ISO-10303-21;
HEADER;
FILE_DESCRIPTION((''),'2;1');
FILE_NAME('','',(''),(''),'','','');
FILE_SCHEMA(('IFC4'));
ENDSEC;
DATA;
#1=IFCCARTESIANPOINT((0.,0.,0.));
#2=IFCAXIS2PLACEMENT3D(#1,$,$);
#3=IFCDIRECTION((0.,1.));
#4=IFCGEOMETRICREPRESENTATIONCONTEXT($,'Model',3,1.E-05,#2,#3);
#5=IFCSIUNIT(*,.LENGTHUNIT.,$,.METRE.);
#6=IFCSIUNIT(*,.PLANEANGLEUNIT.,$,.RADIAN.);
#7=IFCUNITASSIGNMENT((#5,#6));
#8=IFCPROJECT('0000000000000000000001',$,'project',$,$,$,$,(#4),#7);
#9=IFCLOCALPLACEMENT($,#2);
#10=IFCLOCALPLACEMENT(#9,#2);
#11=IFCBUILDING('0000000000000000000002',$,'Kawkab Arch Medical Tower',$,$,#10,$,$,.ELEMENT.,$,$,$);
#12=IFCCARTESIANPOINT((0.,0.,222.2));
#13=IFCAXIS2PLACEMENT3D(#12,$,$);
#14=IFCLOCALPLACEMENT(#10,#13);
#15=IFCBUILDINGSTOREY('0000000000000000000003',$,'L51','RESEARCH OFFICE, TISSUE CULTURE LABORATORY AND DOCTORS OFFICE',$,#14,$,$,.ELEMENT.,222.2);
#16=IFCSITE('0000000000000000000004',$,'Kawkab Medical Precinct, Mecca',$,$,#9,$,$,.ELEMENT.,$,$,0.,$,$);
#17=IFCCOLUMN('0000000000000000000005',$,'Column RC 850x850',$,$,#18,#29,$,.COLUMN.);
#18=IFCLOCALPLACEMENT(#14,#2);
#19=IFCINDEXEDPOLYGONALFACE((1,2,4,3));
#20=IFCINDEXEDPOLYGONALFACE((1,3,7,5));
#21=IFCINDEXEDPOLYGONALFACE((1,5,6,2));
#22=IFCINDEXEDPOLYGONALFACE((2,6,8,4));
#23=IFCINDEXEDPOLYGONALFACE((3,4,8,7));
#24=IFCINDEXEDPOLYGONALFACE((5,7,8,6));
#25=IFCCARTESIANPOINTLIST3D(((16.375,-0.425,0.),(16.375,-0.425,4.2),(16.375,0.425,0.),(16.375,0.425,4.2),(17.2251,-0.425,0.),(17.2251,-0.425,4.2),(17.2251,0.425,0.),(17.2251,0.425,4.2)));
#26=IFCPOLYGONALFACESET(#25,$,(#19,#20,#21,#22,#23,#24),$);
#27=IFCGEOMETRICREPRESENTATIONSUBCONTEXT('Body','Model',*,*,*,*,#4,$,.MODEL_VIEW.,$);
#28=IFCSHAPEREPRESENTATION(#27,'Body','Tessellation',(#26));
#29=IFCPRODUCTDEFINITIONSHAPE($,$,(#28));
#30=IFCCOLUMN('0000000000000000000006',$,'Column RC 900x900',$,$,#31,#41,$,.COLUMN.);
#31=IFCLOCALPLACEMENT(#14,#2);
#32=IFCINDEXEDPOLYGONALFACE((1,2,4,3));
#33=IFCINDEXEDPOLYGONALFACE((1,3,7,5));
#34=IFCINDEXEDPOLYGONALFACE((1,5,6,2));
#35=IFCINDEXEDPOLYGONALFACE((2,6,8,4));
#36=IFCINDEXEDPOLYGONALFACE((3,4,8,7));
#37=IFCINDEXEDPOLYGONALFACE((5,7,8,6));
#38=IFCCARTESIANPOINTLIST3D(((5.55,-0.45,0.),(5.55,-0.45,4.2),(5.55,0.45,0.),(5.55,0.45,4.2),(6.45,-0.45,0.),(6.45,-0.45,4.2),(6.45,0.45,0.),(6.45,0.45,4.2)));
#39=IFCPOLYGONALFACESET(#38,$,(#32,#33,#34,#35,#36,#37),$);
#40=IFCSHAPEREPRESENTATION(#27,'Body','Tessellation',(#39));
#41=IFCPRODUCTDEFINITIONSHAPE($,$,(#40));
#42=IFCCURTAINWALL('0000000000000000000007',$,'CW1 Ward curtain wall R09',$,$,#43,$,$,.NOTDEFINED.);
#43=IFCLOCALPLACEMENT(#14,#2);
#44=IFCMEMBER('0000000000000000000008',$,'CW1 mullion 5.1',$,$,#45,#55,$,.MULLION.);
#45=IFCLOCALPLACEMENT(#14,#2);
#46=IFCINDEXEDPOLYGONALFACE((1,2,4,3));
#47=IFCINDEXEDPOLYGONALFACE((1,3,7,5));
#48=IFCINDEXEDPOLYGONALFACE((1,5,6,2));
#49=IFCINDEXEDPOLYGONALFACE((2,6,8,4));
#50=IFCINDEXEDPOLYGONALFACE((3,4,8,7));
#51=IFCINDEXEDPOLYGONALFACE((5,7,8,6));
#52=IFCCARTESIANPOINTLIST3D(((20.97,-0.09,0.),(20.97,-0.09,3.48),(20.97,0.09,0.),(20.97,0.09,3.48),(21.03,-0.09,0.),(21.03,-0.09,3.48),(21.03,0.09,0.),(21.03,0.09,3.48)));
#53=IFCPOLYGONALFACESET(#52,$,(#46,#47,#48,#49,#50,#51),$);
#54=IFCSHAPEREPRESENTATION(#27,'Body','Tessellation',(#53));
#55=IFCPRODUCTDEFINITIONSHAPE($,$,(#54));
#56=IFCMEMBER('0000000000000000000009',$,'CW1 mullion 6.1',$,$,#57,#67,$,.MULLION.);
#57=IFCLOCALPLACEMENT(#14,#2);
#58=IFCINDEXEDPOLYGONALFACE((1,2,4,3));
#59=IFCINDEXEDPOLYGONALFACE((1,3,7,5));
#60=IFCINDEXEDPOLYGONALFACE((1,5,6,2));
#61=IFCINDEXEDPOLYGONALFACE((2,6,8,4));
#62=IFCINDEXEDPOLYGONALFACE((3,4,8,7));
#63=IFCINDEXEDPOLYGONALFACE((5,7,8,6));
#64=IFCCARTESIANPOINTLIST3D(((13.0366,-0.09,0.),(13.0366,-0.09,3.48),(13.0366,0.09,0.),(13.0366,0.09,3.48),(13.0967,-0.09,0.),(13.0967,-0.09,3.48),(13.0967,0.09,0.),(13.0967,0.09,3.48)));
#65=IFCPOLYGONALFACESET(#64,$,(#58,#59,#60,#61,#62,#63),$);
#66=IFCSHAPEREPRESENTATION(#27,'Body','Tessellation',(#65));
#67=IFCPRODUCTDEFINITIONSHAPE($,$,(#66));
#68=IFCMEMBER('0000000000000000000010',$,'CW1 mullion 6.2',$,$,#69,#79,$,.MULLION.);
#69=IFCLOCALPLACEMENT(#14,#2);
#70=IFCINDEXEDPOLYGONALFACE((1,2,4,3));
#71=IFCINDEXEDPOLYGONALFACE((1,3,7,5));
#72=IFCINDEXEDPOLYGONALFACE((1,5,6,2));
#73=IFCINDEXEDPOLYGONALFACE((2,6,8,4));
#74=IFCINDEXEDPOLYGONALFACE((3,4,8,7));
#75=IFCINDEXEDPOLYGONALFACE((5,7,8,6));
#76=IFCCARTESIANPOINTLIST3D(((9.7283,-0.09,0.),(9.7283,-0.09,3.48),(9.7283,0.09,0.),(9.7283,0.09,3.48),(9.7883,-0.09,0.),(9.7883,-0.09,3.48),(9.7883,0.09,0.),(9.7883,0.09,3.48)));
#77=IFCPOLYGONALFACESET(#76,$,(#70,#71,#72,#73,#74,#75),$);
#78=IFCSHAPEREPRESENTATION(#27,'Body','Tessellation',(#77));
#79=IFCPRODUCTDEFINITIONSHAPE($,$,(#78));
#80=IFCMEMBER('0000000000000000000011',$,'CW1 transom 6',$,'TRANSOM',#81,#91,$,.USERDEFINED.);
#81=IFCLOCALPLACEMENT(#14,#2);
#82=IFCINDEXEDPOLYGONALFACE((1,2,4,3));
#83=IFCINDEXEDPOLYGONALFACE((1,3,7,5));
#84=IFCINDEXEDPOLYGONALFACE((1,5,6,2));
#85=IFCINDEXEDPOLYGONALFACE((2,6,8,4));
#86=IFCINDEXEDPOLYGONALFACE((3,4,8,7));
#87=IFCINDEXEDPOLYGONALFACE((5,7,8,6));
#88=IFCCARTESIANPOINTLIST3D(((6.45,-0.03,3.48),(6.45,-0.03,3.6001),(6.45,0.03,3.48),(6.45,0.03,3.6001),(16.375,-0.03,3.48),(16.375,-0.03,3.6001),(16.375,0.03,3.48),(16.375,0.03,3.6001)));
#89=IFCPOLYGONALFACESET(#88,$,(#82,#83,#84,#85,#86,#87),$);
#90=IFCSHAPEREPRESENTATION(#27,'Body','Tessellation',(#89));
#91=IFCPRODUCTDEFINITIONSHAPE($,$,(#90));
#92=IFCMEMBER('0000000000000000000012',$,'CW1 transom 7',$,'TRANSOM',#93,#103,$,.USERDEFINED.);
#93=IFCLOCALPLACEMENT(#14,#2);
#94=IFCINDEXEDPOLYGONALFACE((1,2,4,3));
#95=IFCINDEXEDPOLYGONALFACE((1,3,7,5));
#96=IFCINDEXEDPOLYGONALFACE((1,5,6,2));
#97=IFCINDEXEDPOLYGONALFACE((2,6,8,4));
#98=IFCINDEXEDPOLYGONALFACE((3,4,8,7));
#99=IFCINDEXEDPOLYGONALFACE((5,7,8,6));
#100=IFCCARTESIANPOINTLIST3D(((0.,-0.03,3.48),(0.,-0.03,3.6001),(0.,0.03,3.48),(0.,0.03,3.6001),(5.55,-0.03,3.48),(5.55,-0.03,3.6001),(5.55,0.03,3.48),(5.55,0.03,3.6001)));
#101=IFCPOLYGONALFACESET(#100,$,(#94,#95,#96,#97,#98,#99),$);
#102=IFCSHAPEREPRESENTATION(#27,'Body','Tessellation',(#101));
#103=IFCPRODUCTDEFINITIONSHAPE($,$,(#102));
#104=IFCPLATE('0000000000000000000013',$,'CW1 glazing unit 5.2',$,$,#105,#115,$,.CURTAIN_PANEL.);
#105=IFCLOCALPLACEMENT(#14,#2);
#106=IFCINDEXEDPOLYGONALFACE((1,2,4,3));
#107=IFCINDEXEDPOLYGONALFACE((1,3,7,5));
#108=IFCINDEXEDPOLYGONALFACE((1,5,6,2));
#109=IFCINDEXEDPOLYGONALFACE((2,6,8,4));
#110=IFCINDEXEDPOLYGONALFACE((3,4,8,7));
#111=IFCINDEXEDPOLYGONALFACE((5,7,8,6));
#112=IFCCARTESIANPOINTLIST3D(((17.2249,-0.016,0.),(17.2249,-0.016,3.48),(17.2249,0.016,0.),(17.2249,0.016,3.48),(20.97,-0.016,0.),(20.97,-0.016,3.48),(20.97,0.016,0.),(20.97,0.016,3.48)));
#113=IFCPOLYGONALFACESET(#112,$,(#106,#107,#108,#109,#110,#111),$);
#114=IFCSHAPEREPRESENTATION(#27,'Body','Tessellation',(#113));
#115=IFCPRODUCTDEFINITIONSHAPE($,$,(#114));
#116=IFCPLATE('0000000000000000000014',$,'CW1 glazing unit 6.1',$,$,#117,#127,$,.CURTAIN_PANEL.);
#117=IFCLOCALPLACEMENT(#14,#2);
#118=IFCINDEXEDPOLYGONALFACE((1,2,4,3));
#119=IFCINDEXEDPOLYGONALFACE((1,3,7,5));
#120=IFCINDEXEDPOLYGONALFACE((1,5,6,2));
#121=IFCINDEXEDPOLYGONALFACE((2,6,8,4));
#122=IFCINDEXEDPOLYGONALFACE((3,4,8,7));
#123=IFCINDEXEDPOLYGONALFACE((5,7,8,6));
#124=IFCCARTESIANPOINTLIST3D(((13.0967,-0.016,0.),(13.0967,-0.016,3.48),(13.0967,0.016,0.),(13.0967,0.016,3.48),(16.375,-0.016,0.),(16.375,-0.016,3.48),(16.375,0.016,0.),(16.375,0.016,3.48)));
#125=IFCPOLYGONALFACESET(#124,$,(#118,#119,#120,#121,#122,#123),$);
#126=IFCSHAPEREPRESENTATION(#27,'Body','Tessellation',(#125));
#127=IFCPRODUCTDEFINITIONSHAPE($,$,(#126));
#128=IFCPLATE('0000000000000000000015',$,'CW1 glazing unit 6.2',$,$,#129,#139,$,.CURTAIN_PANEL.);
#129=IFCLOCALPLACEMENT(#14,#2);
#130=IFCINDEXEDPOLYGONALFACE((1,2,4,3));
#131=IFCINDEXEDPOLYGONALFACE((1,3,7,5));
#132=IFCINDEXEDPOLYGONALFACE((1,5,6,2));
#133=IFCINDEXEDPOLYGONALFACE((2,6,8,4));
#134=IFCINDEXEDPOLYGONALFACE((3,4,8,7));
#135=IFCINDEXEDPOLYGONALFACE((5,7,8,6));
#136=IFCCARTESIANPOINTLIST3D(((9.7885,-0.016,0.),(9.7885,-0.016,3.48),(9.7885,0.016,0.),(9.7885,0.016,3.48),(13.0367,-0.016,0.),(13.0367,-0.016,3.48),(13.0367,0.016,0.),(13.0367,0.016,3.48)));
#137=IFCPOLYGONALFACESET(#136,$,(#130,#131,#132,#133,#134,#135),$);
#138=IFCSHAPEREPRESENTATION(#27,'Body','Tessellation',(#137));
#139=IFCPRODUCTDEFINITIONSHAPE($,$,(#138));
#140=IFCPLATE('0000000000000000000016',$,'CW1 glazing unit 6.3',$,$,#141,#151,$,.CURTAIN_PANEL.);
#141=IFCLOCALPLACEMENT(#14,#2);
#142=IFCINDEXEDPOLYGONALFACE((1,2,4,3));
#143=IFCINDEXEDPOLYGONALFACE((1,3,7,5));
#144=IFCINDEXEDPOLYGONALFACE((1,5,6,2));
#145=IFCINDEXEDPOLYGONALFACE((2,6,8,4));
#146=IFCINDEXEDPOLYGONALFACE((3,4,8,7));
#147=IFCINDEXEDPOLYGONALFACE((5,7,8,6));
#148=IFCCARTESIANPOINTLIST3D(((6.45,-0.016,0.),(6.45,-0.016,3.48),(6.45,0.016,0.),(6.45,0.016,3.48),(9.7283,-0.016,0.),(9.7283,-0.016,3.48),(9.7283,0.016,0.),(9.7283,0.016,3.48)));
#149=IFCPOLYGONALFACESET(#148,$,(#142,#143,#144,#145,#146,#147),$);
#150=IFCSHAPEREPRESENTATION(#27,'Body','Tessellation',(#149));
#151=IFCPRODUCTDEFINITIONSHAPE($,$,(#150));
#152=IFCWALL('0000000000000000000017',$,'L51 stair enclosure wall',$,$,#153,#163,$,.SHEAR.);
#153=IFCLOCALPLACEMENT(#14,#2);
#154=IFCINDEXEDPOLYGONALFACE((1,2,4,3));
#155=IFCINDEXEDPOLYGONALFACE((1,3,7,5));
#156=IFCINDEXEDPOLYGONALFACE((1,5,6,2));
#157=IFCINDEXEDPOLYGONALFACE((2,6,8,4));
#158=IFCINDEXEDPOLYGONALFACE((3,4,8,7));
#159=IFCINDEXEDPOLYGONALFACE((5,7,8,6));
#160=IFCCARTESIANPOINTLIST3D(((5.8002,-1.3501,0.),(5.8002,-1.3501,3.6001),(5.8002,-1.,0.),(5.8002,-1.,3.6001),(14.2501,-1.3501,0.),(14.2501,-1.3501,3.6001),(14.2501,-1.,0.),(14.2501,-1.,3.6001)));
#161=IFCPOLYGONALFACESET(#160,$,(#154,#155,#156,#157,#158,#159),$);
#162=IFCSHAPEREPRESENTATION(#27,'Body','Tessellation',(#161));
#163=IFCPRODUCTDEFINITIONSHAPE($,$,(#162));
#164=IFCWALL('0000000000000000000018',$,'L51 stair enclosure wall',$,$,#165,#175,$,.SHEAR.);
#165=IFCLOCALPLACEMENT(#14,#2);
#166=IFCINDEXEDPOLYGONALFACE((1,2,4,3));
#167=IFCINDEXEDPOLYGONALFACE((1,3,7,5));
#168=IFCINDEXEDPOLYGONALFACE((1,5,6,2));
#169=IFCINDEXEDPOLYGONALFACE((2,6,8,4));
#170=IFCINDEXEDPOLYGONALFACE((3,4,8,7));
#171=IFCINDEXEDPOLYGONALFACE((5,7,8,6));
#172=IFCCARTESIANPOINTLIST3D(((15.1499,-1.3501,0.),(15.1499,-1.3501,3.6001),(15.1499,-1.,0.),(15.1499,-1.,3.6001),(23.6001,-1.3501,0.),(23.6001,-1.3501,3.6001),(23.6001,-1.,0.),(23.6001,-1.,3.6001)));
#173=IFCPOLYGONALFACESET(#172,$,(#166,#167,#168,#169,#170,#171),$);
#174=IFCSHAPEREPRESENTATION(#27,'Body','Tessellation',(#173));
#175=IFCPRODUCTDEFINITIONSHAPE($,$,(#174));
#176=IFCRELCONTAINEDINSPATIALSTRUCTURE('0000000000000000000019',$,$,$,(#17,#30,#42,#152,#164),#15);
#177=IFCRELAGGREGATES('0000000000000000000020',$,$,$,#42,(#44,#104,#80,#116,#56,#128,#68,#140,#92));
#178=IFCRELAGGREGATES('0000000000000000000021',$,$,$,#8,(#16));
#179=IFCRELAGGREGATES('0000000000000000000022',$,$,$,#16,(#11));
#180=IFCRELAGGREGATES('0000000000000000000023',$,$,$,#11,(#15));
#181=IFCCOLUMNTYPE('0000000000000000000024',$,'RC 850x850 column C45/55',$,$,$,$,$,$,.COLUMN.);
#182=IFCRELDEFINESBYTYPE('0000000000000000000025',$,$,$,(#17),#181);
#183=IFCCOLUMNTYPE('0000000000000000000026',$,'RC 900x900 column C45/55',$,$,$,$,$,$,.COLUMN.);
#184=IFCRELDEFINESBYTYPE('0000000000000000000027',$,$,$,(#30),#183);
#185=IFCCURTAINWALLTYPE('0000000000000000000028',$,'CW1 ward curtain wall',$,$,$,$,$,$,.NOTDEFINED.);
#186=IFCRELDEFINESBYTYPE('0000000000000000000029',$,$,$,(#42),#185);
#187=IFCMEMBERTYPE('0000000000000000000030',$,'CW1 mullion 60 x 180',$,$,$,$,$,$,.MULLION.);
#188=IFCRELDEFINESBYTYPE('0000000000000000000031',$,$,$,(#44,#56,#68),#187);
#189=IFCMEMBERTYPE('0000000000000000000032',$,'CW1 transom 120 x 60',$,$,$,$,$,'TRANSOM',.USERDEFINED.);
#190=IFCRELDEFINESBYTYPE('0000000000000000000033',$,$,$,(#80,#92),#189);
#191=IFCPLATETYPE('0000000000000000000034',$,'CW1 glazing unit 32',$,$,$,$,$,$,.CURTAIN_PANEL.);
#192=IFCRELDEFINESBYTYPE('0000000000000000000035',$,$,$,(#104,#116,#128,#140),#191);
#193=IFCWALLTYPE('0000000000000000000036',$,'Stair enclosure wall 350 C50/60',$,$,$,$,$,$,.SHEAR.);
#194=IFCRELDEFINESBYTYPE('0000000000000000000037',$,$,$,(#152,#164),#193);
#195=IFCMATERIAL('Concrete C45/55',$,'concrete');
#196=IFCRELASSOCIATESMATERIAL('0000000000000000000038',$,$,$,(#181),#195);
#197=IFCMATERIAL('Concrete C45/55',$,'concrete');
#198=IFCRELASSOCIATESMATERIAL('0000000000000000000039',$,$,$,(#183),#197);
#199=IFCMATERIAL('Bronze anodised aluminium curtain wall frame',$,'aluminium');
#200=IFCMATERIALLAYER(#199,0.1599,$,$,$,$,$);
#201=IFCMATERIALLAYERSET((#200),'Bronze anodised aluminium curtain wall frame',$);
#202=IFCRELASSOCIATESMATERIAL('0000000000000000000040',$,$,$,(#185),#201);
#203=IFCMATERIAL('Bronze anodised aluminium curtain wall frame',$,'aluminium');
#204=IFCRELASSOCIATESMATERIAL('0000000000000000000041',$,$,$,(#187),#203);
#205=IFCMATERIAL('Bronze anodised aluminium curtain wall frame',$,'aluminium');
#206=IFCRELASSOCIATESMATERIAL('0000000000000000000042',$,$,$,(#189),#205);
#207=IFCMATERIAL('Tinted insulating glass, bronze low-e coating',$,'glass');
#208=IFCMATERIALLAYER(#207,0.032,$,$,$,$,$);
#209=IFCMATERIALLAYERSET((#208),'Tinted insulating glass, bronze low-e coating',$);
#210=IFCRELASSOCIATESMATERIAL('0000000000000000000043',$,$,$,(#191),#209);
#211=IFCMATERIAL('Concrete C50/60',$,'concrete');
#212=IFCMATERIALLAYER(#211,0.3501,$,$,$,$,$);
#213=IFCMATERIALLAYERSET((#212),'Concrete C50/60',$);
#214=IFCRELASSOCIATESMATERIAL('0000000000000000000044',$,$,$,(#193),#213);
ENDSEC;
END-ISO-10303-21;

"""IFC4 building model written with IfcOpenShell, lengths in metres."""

from ifc_helpers import new_model, si_unit, direction, frame, frame_2d, origin, origin_2d, place, context, subcontext, project, spatial, rectangle, extrude, material, layer, layer_set, material_profile, profile_set, type_object, element, aggregate, save


model = new_model("IFC4")

# Units and contexts
model_context = context("Model", 3, precision=1e-05, world=origin(), true_north=direction((0.0, 1.0)))
body_context = subcontext(model_context, "Body", "Model", "MODEL_VIEW")
ifc_project = project(units=[si_unit("LENGTHUNIT", "METRE"), si_unit("PLANEANGLEUNIT", "RADIAN")], contexts=[model_context])

# Site, building, storey
site_placement = place(None, origin())
site = spatial("IfcSite", under=ifc_project, at=site_placement, Name="Kawkab Medical Precinct, Mecca", CompositionType="ELEMENT", RefElevation=0.0)
building_placement = place(site_placement, origin())
building = spatial("IfcBuilding", under=site, at=building_placement, Name="Kawkab Arch Medical Tower", CompositionType="ELEMENT")
storey_placement = place(building_placement, frame((0.0, 0.0, 222.2)))
storey = spatial("IfcBuildingStorey", under=building, at=storey_placement, Name="L51", Description="RESEARCH OFFICE, TISSUE CULTURE LABORATORY AND DOCTORS OFFICE", CompositionType="ELEMENT", Elevation=222.2)

# Columns
ifc_material_1 = material(Name="Concrete C45/55", Category="concrete")
ifc_material_profile_1 = material_profile(ifc_material_1, rectangle(XDim=0.8501, YDim=0.8501, at=origin_2d()), Name="RC 850x850")
ifc_profile_set_1 = profile_set([ifc_material_profile_1], Name="Concrete C45/55")
column_type_1 = type_object("IfcColumnType", Name="RC 850x850 column C45/55", PredefinedType="COLUMN", material=ifc_profile_set_1)
column_1_placement = place(storey_placement, frame((16.8, 0.0, 0.0), z_axis=(0.0, 0.0, 1.0), x_axis=(1.0, 0.0, 0.0)))
element("IfcColumn", 1, at=column_1_placement, inside=storey, type_object=column_type_1, Name="Column RC 850x850", PredefinedType="COLUMN", context=body_context, shape_type="SweptSolid", body=[
    extrude(rectangle(XDim=0.8501, YDim=0.8501, at=origin_2d()), origin(), (0.0, 0.0, 1.0), 4.2),
])
ifc_material_2 = material(Name="Concrete C45/55", Category="concrete")
ifc_material_profile_2 = material_profile(ifc_material_2, rectangle(XDim=0.8999, YDim=0.8999, at=origin_2d()), Name="RC 900x900")
ifc_profile_set_2 = profile_set([ifc_material_profile_2], Name="Concrete C45/55")
column_type_2 = type_object("IfcColumnType", Name="RC 900x900 column C45/55", PredefinedType="COLUMN", material=ifc_profile_set_2)
column_2_placement = place(storey_placement, frame((6.0, 0.0, 0.0), z_axis=(0.0, 0.0, 1.0), x_axis=(1.0, 0.0, 0.0)))
element("IfcColumn", 2, at=column_2_placement, inside=storey, type_object=column_type_2, Name="Column RC 900x900", PredefinedType="COLUMN", context=body_context, shape_type="SweptSolid", body=[
    extrude(rectangle(XDim=0.8999, YDim=0.8999, at=origin_2d()), origin(), (0.0, 0.0, 1.0), 4.2),
])

# Curtain wall, members, plates
ifc_material_3 = material(Name="Bronze anodised aluminium curtain wall frame", Category="aluminium")
ifc_layer_1 = layer(ifc_material_3, 0.1599)
ifc_layer_set_1 = layer_set([ifc_layer_1], Name="Bronze anodised aluminium curtain wall frame")
curtain_wall_type = type_object("IfcCurtainWallType", Name="CW1 ward curtain wall", PredefinedType="NOTDEFINED", material=ifc_layer_set_1)
placement = place(storey_placement, origin())
curtain_wall = element("IfcCurtainWall", 3, at=placement, inside=storey, type_object=curtain_wall_type, Name="CW1 Ward curtain wall R09", PredefinedType="NOTDEFINED")
ifc_material_4 = material(Name="Bronze anodised aluminium curtain wall frame", Category="aluminium")
ifc_material_profile_3 = material_profile(ifc_material_4, rectangle(XDim=0.1799, YDim=0.0601, at=origin_2d()), Name="AL 60x180")
ifc_profile_set_3 = profile_set([ifc_material_profile_3], Name="Bronze anodised aluminium curtain wall frame")
member_type_1 = type_object("IfcMemberType", Name="CW1 mullion 60 x 180", PredefinedType="MULLION", material=ifc_profile_set_3)
member_1_placement = place(storey_placement, frame((21.0, 0.0, 0.0), z_axis=(0.0, 0.0, 1.0), x_axis=(0.0, -1.0, 0.0)))
member_1 = element("IfcMember", 4, at=member_1_placement, type_object=member_type_1, Name="CW1 mullion 5.1", PredefinedType="MULLION", context=body_context, shape_type="SweptSolid", body=[
    extrude(rectangle(XDim=0.1799, YDim=0.0601, at=origin_2d()), origin(), (0.0, 0.0, 1.0), 3.48),
])
member_2_placement = place(storey_placement, frame((13.0667, 0.0, 0.0), z_axis=(0.0, 0.0, 1.0), x_axis=(0.0, -1.0, 0.0)))
member_2 = element("IfcMember", 5, at=member_2_placement, type_object=member_type_1, Name="CW1 mullion 6.1", PredefinedType="MULLION", context=body_context, shape_type="SweptSolid", body=[
    extrude(rectangle(XDim=0.1799, YDim=0.0601, at=origin_2d()), origin(), (0.0, 0.0, 1.0), 3.48),
])
member_3_placement = place(storey_placement, frame((9.7583, 0.0, 0.0), z_axis=(0.0, 0.0, 1.0), x_axis=(0.0, -1.0, 0.0)))
member_3 = element("IfcMember", 6, at=member_3_placement, type_object=member_type_1, Name="CW1 mullion 6.2", PredefinedType="MULLION", context=body_context, shape_type="SweptSolid", body=[
    extrude(rectangle(XDim=0.1799, YDim=0.0601, at=origin_2d()), origin(), (0.0, 0.0, 1.0), 3.48),
])
ifc_material_5 = material(Name="Bronze anodised aluminium curtain wall frame", Category="aluminium")
ifc_material_profile_4 = material_profile(ifc_material_5, rectangle(XDim=0.0601, YDim=0.1201, at=origin_2d()), Name="AL 60x120")
ifc_profile_set_4 = profile_set([ifc_material_profile_4], Name="Bronze anodised aluminium curtain wall frame")
member_type_2 = type_object("IfcMemberType", Name="CW1 transom 120 x 60", ElementType="TRANSOM", PredefinedType="USERDEFINED", material=ifc_profile_set_4)
member_4_placement = place(storey_placement, frame((16.375, 0.0, 3.54), z_axis=(-1.0, 0.0, 0.0), x_axis=(0.0, -1.0, 0.0)))
member_4 = element("IfcMember", 7, at=member_4_placement, type_object=member_type_2, Name="CW1 transom 6", ObjectType="TRANSOM", PredefinedType="USERDEFINED", context=body_context, shape_type="SweptSolid", body=[
    extrude(rectangle(XDim=0.0601, YDim=0.1201, at=origin_2d()), origin(), (0.0, 0.0, 1.0), 9.925),
])
member_5_placement = place(storey_placement, frame((5.55, 0.0, 3.54), z_axis=(-1.0, 0.0, 0.0), x_axis=(0.0, -1.0, 0.0)))
member_5 = element("IfcMember", 8, at=member_5_placement, type_object=member_type_2, Name="CW1 transom 7", ObjectType="TRANSOM", PredefinedType="USERDEFINED", context=body_context, shape_type="SweptSolid", body=[
    extrude(rectangle(XDim=0.0601, YDim=0.1201, at=origin_2d()), origin(), (0.0, 0.0, 1.0), 5.55),
])
ifc_material_6 = material(Name="Tinted insulating glass, bronze low-e coating", Category="glass")
ifc_layer_2 = layer(ifc_material_6, 0.032)
ifc_layer_set_2 = layer_set([ifc_layer_2], Name="Tinted insulating glass, bronze low-e coating")
plate_type = type_object("IfcPlateType", Name="CW1 glazing unit 32", PredefinedType="CURTAIN_PANEL", material=ifc_layer_set_2)
plate_1_placement = place(storey_placement, frame((19.0974, 0.0, 0.0), z_axis=(0.0, 0.0, 1.0), x_axis=(-1.0, 0.0, 0.0)))
plate_1 = element("IfcPlate", 9, at=plate_1_placement, type_object=plate_type, Name="CW1 glazing unit 5.2", PredefinedType="CURTAIN_PANEL", context=body_context, shape_type="SweptSolid", body=[
    extrude(rectangle(XDim=3.7451, YDim=0.032, at=origin_2d()), origin(), (0.0, 0.0, 1.0), 3.48),
])
plate_2_placement = place(storey_placement, frame((14.7358, 0.0, 0.0), z_axis=(0.0, 0.0, 1.0), x_axis=(-1.0, 0.0, 0.0)))
plate_2 = element("IfcPlate", 10, at=plate_2_placement, type_object=plate_type, Name="CW1 glazing unit 6.1", PredefinedType="CURTAIN_PANEL", context=body_context, shape_type="SweptSolid", body=[
    extrude(rectangle(XDim=3.2783, YDim=0.032, at=origin_2d()), origin(), (0.0, 0.0, 1.0), 3.48),
])
plate_3_placement = place(storey_placement, frame((11.4126, 0.0, 0.0), z_axis=(0.0, 0.0, 1.0), x_axis=(-1.0, 0.0, 0.0)))
plate_3 = element("IfcPlate", 11, at=plate_3_placement, type_object=plate_type, Name="CW1 glazing unit 6.2", PredefinedType="CURTAIN_PANEL", context=body_context, shape_type="SweptSolid", body=[
    extrude(rectangle(XDim=3.2483, YDim=0.032, at=origin_2d()), origin(), (0.0, 0.0, 1.0), 3.48),
])
plate_4_placement = place(storey_placement, frame((8.0891, 0.0, 0.0), z_axis=(0.0, 0.0, 1.0), x_axis=(-1.0, 0.0, 0.0)))
plate_4 = element("IfcPlate", 12, at=plate_4_placement, type_object=plate_type, Name="CW1 glazing unit 6.3", PredefinedType="CURTAIN_PANEL", context=body_context, shape_type="SweptSolid", body=[
    extrude(rectangle(XDim=3.2783, YDim=0.032, at=origin_2d()), origin(), (0.0, 0.0, 1.0), 3.48),
])
aggregate(curtain_wall, [member_1, plate_1, member_4, plate_2, member_2, plate_3, member_3, plate_4, member_5])

# Walls
ifc_material_7 = material(Name="Concrete C50/60", Category="concrete")
ifc_layer_3 = layer(ifc_material_7, 0.3501)
ifc_layer_set_3 = layer_set([ifc_layer_3], Name="Concrete C50/60")
wall_type = type_object("IfcWallType", Name="Stair enclosure wall 350 C50/60", PredefinedType="SHEAR", material=ifc_layer_set_3)
wall_1_placement = place(storey_placement, frame((5.8, -1.175, 0.0), z_axis=(0.0, 0.0, 1.0), x_axis=(1.0, 0.0, 0.0)))
element("IfcWall", 13, at=wall_1_placement, inside=storey, type_object=wall_type, Name="L51 stair enclosure wall", PredefinedType="SHEAR", context=body_context, shape_type="SweptSolid", body=[
    extrude(rectangle(XDim=8.45, YDim=0.3501, at=frame_2d((4.2251, 0.0))), origin(), (0.0, 0.0, 1.0), 3.6001),
])
wall_2_placement = place(storey_placement, frame((15.1499, -1.175, 0.0), z_axis=(0.0, 0.0, 1.0), x_axis=(1.0, 0.0, 0.0)))
element("IfcWall", 14, at=wall_2_placement, inside=storey, type_object=wall_type, Name="L51 stair enclosure wall", PredefinedType="SHEAR", context=body_context, shape_type="SweptSolid", body=[
    extrude(rectangle(XDim=8.4502, YDim=0.3501, at=frame_2d((4.2251, 0.0))), origin(), (0.0, 0.0, 1.0), 3.6001),
])

save(model, "model.ifc")
